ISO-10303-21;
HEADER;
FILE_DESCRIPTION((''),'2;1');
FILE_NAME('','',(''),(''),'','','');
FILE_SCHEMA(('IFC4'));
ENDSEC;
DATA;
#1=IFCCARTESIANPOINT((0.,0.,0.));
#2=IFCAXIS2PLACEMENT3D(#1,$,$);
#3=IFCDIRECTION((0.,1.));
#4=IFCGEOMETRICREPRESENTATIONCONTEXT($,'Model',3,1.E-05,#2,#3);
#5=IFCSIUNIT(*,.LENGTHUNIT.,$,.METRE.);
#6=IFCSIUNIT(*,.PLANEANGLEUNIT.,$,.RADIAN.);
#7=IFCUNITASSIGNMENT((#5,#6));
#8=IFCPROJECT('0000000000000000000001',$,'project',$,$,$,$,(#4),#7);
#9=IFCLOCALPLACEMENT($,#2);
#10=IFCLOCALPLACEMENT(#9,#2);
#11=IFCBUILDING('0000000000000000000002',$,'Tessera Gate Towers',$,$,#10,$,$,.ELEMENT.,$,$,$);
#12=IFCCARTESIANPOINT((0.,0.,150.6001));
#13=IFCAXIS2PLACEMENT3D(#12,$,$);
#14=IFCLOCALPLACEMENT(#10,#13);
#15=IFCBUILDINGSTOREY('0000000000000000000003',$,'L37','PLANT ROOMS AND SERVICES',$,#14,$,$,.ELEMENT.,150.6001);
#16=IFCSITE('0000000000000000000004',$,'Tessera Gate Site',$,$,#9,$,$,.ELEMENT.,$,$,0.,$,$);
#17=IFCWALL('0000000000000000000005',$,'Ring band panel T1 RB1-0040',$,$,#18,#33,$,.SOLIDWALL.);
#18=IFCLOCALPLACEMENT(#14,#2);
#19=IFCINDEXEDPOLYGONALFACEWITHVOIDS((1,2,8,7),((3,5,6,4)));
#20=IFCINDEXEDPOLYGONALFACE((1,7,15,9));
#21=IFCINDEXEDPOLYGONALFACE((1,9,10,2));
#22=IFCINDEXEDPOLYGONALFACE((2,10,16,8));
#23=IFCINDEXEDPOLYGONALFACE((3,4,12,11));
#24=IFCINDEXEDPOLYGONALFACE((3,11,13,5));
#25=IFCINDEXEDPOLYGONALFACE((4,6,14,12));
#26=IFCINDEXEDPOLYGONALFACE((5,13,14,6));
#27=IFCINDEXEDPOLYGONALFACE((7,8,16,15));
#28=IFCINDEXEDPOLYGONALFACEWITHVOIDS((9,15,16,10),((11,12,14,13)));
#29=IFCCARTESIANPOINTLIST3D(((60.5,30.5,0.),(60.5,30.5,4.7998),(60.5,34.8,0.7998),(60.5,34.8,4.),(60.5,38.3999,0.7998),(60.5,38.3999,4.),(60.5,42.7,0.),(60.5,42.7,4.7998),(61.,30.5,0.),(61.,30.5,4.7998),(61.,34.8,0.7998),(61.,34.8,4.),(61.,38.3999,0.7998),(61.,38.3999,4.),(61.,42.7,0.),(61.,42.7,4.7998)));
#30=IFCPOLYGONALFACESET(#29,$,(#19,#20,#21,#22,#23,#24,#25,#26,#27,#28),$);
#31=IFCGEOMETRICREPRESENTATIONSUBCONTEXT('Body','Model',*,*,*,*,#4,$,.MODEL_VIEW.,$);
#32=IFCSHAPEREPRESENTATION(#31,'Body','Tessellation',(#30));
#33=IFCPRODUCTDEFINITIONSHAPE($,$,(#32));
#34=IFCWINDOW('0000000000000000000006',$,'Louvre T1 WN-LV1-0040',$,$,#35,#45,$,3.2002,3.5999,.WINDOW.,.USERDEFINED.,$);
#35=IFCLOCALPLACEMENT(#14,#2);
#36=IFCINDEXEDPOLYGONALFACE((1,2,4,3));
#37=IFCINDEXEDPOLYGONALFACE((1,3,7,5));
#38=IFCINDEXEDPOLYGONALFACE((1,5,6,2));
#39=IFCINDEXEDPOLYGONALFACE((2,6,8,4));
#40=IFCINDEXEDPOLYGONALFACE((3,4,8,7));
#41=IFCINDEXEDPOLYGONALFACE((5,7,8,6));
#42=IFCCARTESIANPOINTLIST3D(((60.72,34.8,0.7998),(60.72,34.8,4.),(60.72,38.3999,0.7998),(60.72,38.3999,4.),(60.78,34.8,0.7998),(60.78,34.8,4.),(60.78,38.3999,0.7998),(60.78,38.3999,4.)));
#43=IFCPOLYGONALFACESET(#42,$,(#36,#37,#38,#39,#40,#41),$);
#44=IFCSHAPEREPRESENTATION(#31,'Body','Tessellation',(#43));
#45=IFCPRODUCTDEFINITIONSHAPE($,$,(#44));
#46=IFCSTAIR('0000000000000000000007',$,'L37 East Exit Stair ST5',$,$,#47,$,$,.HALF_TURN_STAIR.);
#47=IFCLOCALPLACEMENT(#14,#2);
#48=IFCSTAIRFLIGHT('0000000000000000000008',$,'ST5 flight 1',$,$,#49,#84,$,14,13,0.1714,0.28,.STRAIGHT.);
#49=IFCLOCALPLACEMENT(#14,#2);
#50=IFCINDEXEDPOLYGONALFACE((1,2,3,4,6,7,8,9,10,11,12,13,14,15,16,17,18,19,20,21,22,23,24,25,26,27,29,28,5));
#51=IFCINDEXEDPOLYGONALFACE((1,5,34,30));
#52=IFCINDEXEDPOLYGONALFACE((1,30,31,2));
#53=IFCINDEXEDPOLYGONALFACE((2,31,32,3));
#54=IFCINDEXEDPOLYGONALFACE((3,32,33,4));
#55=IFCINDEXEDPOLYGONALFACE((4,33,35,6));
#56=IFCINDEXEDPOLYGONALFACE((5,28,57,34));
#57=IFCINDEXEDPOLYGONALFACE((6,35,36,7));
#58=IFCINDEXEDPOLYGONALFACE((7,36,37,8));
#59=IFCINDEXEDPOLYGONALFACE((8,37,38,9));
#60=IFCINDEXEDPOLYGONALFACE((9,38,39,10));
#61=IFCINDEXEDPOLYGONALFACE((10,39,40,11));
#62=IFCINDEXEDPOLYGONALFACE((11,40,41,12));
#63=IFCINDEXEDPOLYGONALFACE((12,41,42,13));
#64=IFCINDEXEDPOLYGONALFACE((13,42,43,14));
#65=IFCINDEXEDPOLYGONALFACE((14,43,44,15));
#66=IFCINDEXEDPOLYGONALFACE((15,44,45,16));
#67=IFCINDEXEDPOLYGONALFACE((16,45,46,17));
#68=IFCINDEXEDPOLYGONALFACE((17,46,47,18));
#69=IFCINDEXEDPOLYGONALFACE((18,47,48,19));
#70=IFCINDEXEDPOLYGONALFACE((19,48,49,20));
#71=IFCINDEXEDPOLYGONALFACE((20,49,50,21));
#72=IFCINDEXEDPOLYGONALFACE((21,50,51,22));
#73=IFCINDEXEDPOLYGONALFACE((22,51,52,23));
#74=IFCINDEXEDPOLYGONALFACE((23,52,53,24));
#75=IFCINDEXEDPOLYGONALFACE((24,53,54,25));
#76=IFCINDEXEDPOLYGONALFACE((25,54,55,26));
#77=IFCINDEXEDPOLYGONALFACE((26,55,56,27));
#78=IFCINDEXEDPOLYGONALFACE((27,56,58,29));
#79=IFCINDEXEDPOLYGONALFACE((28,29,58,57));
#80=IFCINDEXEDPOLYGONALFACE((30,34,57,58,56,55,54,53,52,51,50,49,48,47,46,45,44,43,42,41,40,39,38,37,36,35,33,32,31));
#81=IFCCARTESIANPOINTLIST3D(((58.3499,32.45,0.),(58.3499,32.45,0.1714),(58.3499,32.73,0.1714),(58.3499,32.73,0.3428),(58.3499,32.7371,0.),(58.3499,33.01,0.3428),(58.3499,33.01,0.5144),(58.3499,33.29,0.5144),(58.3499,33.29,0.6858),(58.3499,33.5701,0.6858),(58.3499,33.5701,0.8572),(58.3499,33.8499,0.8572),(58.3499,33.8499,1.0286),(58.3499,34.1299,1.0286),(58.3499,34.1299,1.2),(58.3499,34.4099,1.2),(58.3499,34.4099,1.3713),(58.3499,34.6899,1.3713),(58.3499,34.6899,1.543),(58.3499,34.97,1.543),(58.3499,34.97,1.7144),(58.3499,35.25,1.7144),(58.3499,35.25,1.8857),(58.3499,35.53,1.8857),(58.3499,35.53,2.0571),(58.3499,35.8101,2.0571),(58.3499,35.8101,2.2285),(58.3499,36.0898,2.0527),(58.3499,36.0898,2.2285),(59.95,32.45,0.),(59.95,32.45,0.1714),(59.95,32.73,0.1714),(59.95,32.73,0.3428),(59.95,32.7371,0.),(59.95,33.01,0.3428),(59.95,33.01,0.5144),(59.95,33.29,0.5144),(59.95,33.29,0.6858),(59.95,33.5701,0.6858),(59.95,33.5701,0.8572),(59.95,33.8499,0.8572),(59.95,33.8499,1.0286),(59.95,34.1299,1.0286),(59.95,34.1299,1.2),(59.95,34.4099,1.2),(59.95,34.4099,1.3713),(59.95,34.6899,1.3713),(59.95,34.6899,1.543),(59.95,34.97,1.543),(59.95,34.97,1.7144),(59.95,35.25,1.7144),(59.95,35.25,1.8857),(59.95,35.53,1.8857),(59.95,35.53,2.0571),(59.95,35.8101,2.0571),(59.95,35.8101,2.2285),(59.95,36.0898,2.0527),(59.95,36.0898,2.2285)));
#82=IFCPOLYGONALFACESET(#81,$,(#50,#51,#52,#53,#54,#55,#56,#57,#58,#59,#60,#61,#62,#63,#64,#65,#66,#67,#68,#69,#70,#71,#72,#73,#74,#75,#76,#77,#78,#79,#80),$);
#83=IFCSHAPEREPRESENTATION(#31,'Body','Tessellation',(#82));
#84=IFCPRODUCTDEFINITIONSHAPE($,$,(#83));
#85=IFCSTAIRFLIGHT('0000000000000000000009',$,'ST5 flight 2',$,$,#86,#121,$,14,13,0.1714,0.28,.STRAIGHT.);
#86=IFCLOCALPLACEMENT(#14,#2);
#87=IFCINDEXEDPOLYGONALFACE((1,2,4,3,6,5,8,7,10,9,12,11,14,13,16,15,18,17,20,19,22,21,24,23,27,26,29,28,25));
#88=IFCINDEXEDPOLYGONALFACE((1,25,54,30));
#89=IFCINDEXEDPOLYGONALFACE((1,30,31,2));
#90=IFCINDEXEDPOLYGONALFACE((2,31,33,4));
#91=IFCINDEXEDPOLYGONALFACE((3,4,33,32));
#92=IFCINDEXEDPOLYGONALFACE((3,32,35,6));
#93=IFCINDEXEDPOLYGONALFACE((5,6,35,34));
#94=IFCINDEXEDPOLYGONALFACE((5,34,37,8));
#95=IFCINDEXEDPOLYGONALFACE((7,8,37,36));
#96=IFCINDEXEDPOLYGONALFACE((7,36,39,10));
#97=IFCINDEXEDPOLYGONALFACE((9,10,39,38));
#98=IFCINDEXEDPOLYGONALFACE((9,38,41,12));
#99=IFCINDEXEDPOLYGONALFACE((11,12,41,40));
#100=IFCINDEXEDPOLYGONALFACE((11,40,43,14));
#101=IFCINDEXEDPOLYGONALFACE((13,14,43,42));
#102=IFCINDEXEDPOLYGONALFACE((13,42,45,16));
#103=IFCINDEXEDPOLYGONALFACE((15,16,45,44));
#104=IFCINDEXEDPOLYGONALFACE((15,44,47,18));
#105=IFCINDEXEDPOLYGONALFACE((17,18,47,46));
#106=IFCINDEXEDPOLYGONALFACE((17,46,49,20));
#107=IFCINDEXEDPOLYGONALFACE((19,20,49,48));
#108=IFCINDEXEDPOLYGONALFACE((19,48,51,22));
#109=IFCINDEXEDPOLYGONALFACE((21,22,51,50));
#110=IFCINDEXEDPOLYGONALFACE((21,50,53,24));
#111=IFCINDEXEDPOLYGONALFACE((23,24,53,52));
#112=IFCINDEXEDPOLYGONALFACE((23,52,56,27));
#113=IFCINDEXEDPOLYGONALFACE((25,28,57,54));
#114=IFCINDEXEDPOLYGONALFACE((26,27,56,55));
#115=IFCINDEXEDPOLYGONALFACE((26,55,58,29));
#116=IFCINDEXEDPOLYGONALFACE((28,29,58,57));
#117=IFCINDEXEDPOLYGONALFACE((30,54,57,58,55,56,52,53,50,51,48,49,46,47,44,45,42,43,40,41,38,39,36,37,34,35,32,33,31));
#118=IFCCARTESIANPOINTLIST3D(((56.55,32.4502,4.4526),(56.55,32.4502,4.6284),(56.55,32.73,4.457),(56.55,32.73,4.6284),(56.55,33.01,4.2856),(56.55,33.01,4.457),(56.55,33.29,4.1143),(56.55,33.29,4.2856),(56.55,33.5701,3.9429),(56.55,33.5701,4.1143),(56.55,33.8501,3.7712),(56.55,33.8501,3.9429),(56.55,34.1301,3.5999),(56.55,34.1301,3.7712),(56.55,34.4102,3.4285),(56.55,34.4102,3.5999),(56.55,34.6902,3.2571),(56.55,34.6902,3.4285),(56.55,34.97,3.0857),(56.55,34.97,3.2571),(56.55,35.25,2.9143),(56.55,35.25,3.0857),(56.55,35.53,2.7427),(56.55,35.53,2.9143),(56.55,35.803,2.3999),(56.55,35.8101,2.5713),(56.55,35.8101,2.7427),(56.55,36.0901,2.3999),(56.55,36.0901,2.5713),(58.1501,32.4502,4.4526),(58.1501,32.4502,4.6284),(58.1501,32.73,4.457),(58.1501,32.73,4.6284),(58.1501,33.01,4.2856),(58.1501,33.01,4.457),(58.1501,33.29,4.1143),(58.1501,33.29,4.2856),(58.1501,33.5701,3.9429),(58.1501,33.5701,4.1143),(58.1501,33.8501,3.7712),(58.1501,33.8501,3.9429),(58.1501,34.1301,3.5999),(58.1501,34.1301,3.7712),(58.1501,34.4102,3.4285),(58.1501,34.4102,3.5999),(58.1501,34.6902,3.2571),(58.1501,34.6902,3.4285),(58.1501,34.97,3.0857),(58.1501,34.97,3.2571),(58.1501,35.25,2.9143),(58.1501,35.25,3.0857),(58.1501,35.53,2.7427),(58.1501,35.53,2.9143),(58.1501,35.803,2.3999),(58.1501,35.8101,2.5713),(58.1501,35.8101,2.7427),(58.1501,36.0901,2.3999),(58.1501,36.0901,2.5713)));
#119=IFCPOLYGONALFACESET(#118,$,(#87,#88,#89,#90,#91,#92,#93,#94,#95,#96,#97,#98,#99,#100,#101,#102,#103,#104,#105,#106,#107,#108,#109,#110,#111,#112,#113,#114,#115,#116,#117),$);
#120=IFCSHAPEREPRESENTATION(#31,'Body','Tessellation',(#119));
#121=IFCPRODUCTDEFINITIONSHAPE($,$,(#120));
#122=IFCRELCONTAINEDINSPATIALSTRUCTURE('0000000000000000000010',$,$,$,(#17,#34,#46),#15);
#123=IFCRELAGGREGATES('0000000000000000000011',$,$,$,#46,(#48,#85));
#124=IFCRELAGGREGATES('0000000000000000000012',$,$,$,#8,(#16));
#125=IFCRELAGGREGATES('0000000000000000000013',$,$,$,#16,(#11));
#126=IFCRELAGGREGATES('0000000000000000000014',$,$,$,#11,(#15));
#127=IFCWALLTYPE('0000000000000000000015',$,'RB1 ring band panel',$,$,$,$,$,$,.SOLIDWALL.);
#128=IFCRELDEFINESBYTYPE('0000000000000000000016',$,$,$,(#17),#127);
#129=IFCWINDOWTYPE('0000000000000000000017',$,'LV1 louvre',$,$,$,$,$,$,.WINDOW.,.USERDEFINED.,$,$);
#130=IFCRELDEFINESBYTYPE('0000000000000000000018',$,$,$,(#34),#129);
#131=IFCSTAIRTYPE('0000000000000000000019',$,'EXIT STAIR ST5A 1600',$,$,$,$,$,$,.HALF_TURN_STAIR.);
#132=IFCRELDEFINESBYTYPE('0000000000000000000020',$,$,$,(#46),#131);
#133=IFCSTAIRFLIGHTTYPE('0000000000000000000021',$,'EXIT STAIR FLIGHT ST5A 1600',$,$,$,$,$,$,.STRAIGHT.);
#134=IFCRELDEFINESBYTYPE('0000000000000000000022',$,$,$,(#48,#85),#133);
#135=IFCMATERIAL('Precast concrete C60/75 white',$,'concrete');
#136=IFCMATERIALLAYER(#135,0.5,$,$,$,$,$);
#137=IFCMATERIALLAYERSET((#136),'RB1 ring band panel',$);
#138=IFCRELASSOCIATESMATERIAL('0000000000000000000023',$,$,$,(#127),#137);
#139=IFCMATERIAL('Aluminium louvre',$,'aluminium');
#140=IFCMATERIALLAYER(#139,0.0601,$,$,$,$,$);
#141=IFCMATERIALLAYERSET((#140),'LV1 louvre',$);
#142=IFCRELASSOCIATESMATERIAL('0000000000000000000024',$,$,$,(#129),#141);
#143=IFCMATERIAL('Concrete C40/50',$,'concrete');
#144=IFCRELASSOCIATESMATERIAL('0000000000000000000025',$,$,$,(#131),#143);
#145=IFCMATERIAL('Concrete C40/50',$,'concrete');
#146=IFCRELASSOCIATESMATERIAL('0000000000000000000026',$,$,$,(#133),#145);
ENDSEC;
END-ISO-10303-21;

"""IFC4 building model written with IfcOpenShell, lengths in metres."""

from ifc_helpers import new_model, si_unit, direction, frame, origin, place, context, subcontext, project, spatial, polyline, outline, extrude, source, transform, mapped, material, layer, layer_set, type_object, element, fill, aggregate, save


model = new_model("IFC4")

# Units and contexts
model_context = context("Model", 3, precision=1e-05, world=origin(), true_north=direction((0.0, 1.0)))
body_context = subcontext(model_context, "Body", "Model", "MODEL_VIEW")
ifc_project = project(units=[si_unit("LENGTHUNIT", "METRE"), si_unit("PLANEANGLEUNIT", "RADIAN")], contexts=[model_context])

# Site, building, storey
site_placement = place(None, origin())
site = spatial("IfcSite", under=ifc_project, at=site_placement, Name="Tessera Gate Site", CompositionType="ELEMENT", RefElevation=0.0)
building_placement = place(site_placement, origin())
building = spatial("IfcBuilding", under=site, at=building_placement, Name="Tessera Gate Towers", CompositionType="ELEMENT")
storey_placement = place(building_placement, frame((0.0, 0.0, 150.6001)))
storey = spatial("IfcBuildingStorey", under=building, at=storey_placement, Name="L37", Description="PLANT ROOMS AND SERVICES", CompositionType="ELEMENT", Elevation=150.6001)

# Wall, opening, window
ifc_material_1 = material(Name="Precast concrete C60/75 white", Category="concrete")
ifc_layer_1 = layer(ifc_material_1, 0.5)
ifc_layer_set_1 = layer_set([ifc_layer_1], Name="RB1 ring band panel")
wall_type_1 = type_object("IfcWallType", Name="RB1 ring band panel", PredefinedType="SOLIDWALL", material=ifc_layer_set_1)
shared_shape_1 = source(origin(), body_context, "Body", "SweptSolid", [
    extrude(outline(polyline([(0.0, 0.0), (12.2, 0.0), (12.2, 4.7998), (0.0, 4.7998), (0.0, 0.0)])), frame((0.0, 0.25, 0.0), z_axis=(0.0, -1.0, 0.0), x_axis=(1.0, 0.0, 0.0)), (0.0, 0.0, 1.0), 0.5),
])
wall_1_placement = place(storey_placement, frame((60.75, 30.5, 0.0), z_axis=(0.0, 0.0, 1.0), x_axis=(0.0, 1.0, 0.0)))
wall_1 = element("IfcWall", 1, at=wall_1_placement, inside=storey, type_object=wall_type_1, Name="Ring band panel T1 RB1-0040", PredefinedType="SOLIDWALL", context=body_context, shape_type="MappedRepresentation", body=[
    mapped(shared_shape_1, transform((0.0, 0.0, 0.0), scale=1.0)),
])
shared_shape_2 = source(origin(), body_context, "Body", "SweptSolid", [
    extrude(outline(polyline([(4.3, 0.7998), (7.8999, 0.7998), (7.8999, 4.0), (4.3, 4.0), (4.3, 0.7998)])), frame((0.0, 0.26, 0.0), z_axis=(0.0, -1.0, 0.0), x_axis=(1.0, 0.0, 0.0)), (0.0, 0.0, 1.0), 0.52),
])
opening_1_placement = place(wall_1_placement, origin())
opening_1 = element("IfcOpeningElement", 2, at=opening_1_placement, cuts=wall_1, PredefinedType="OPENING", context=body_context, shape_type="MappedRepresentation", body=[
    mapped(shared_shape_2, transform((0.0, 0.0, 0.0), scale=1.0)),
])
ifc_material_2 = material(Name="Aluminium louvre", Category="aluminium")
ifc_layer_2 = layer(ifc_material_2, 0.0601)
ifc_layer_set_2 = layer_set([ifc_layer_2], Name="LV1 louvre")
window_type = type_object("IfcWindowType", Name="LV1 louvre", PartitioningType="USERDEFINED", PredefinedType="WINDOW", material=ifc_layer_set_2)
shared_shape_3 = source(origin(), body_context, "Body", "SweptSolid", [
    extrude(outline(polyline([(4.3, 0.7998), (7.8999, 0.7998), (7.8999, 4.0), (4.3, 4.0), (4.3, 0.7998)])), frame((0.0, 0.03, 0.0), z_axis=(0.0, -1.0, 0.0), x_axis=(1.0, 0.0, 0.0)), (0.0, 0.0, 1.0), 0.0601),
])
window_placement = place(opening_1_placement, origin())
window = element("IfcWindow", 3, at=window_placement, inside=storey, type_object=window_type, Name="Louvre T1 WN-LV1-0040", OverallHeight=3.2002, OverallWidth=3.5999, PartitioningType="USERDEFINED", PredefinedType="WINDOW", context=body_context, shape_type="MappedRepresentation", body=[
    mapped(shared_shape_3, transform((0.0, 0.0, 0.0), scale=1.0)),
])
fill(opening_1, window)

# Stair, stair flights
ifc_material_3 = material(Name="Concrete C40/50", Category="concrete")
stair_type = type_object("IfcStairType", Name="EXIT STAIR ST5A 1600", PredefinedType="HALF_TURN_STAIR", material=ifc_material_3)
stair_placement = place(storey_placement, origin())
stair = element("IfcStair", 4, at=stair_placement, inside=storey, type_object=stair_type, Name="L37 East Exit Stair ST5", PredefinedType="HALF_TURN_STAIR")
ifc_material_4 = material(Name="Concrete C40/50", Category="concrete")
stair_flight_type = type_object("IfcStairFlightType", Name="EXIT STAIR FLIGHT ST5A 1600", PredefinedType="STRAIGHT", material=ifc_material_4)
stair_flight_1_placement = place(storey_placement, frame((59.1499, 32.45, 0.0), z_axis=(0.0, 0.0, 1.0), x_axis=(0.0, 1.0, 0.0)))
stair_flight_1 = element("IfcStairFlight", 5, at=stair_flight_1_placement, type_object=stair_flight_type, Name="ST5 flight 1", NumberOfRisers=14, NumberOfTreads=13, PredefinedType="STRAIGHT", RiserHeight=0.1714, TreadLength=0.28, context=body_context, shape_type="SweptSolid", body=[
    extrude(outline(polyline([(0.0, 0.0), (0.0, 0.1714), (0.28, 0.1714), (0.28, 0.3428), (0.5601, 0.3428), (0.5601, 0.5144), (0.8401, 0.5144), (0.8401, 0.6858), (1.1201, 0.6858), (1.1201, 0.8572), (1.3999, 0.8572), (1.3999, 1.0286), (1.6799, 1.0286), (1.6799, 1.2), (1.96, 1.2), (1.96, 1.3713), (2.24, 1.3713), (2.24, 1.543), (2.52, 1.543), (2.52, 1.7144), (2.8, 1.7144), (2.8, 1.8857), (3.0801, 1.8857), (3.0801, 2.0571), (3.3601, 2.0571), (3.3601, 2.2285), (3.6399, 2.2285), (3.6399, 2.3999), (3.6399, 2.0527), (0.2871, 0.0), (0.0, 0.0)])), frame((0.0, 0.8, 0.0), z_axis=(0.0, -1.0, 0.0), x_axis=(1.0, 0.0, 0.0)), (0.0, 0.0, 1.0), 1.6001),
])
stair_flight_2_placement = place(storey_placement, frame((57.3501, 36.0901, 2.3999), z_axis=(0.0, 0.0, 1.0), x_axis=(0.0, -1.0, 0.0)))
stair_flight_2 = element("IfcStairFlight", 6, at=stair_flight_2_placement, type_object=stair_flight_type, Name="ST5 flight 2", NumberOfRisers=14, NumberOfTreads=13, PredefinedType="STRAIGHT", RiserHeight=0.1714, TreadLength=0.28, context=body_context, shape_type="SweptSolid", body=[
    extrude(outline(polyline([(0.0, 0.0), (0.0, 0.1714), (0.28, 0.1714), (0.28, 0.3428), (0.5601, 0.3428), (0.5601, 0.5144), (0.8401, 0.5144), (0.8401, 0.6858), (1.1201, 0.6858), (1.1201, 0.8572), (1.3999, 0.8572), (1.3999, 1.0286), (1.6799, 1.0286), (1.6799, 1.2), (1.96, 1.2), (1.96, 1.3713), (2.24, 1.3713), (2.24, 1.543), (2.52, 1.543), (2.52, 1.7144), (2.8, 1.7144), (2.8, 1.8857), (3.0801, 1.8857), (3.0801, 2.0571), (3.3601, 2.0571), (3.3601, 2.2285), (3.6399, 2.2285), (3.6399, 2.3999), (3.6399, 2.0527), (0.2871, 0.0), (0.0, 0.0)])), frame((0.0, 0.8, 0.0), z_axis=(0.0, -1.0, 0.0), x_axis=(1.0, 0.0, 0.0)), (0.0, 0.0, 1.0), 1.6001),
])
aggregate(stair, [stair_flight_1, stair_flight_2])

save(model, "model.ifc")
